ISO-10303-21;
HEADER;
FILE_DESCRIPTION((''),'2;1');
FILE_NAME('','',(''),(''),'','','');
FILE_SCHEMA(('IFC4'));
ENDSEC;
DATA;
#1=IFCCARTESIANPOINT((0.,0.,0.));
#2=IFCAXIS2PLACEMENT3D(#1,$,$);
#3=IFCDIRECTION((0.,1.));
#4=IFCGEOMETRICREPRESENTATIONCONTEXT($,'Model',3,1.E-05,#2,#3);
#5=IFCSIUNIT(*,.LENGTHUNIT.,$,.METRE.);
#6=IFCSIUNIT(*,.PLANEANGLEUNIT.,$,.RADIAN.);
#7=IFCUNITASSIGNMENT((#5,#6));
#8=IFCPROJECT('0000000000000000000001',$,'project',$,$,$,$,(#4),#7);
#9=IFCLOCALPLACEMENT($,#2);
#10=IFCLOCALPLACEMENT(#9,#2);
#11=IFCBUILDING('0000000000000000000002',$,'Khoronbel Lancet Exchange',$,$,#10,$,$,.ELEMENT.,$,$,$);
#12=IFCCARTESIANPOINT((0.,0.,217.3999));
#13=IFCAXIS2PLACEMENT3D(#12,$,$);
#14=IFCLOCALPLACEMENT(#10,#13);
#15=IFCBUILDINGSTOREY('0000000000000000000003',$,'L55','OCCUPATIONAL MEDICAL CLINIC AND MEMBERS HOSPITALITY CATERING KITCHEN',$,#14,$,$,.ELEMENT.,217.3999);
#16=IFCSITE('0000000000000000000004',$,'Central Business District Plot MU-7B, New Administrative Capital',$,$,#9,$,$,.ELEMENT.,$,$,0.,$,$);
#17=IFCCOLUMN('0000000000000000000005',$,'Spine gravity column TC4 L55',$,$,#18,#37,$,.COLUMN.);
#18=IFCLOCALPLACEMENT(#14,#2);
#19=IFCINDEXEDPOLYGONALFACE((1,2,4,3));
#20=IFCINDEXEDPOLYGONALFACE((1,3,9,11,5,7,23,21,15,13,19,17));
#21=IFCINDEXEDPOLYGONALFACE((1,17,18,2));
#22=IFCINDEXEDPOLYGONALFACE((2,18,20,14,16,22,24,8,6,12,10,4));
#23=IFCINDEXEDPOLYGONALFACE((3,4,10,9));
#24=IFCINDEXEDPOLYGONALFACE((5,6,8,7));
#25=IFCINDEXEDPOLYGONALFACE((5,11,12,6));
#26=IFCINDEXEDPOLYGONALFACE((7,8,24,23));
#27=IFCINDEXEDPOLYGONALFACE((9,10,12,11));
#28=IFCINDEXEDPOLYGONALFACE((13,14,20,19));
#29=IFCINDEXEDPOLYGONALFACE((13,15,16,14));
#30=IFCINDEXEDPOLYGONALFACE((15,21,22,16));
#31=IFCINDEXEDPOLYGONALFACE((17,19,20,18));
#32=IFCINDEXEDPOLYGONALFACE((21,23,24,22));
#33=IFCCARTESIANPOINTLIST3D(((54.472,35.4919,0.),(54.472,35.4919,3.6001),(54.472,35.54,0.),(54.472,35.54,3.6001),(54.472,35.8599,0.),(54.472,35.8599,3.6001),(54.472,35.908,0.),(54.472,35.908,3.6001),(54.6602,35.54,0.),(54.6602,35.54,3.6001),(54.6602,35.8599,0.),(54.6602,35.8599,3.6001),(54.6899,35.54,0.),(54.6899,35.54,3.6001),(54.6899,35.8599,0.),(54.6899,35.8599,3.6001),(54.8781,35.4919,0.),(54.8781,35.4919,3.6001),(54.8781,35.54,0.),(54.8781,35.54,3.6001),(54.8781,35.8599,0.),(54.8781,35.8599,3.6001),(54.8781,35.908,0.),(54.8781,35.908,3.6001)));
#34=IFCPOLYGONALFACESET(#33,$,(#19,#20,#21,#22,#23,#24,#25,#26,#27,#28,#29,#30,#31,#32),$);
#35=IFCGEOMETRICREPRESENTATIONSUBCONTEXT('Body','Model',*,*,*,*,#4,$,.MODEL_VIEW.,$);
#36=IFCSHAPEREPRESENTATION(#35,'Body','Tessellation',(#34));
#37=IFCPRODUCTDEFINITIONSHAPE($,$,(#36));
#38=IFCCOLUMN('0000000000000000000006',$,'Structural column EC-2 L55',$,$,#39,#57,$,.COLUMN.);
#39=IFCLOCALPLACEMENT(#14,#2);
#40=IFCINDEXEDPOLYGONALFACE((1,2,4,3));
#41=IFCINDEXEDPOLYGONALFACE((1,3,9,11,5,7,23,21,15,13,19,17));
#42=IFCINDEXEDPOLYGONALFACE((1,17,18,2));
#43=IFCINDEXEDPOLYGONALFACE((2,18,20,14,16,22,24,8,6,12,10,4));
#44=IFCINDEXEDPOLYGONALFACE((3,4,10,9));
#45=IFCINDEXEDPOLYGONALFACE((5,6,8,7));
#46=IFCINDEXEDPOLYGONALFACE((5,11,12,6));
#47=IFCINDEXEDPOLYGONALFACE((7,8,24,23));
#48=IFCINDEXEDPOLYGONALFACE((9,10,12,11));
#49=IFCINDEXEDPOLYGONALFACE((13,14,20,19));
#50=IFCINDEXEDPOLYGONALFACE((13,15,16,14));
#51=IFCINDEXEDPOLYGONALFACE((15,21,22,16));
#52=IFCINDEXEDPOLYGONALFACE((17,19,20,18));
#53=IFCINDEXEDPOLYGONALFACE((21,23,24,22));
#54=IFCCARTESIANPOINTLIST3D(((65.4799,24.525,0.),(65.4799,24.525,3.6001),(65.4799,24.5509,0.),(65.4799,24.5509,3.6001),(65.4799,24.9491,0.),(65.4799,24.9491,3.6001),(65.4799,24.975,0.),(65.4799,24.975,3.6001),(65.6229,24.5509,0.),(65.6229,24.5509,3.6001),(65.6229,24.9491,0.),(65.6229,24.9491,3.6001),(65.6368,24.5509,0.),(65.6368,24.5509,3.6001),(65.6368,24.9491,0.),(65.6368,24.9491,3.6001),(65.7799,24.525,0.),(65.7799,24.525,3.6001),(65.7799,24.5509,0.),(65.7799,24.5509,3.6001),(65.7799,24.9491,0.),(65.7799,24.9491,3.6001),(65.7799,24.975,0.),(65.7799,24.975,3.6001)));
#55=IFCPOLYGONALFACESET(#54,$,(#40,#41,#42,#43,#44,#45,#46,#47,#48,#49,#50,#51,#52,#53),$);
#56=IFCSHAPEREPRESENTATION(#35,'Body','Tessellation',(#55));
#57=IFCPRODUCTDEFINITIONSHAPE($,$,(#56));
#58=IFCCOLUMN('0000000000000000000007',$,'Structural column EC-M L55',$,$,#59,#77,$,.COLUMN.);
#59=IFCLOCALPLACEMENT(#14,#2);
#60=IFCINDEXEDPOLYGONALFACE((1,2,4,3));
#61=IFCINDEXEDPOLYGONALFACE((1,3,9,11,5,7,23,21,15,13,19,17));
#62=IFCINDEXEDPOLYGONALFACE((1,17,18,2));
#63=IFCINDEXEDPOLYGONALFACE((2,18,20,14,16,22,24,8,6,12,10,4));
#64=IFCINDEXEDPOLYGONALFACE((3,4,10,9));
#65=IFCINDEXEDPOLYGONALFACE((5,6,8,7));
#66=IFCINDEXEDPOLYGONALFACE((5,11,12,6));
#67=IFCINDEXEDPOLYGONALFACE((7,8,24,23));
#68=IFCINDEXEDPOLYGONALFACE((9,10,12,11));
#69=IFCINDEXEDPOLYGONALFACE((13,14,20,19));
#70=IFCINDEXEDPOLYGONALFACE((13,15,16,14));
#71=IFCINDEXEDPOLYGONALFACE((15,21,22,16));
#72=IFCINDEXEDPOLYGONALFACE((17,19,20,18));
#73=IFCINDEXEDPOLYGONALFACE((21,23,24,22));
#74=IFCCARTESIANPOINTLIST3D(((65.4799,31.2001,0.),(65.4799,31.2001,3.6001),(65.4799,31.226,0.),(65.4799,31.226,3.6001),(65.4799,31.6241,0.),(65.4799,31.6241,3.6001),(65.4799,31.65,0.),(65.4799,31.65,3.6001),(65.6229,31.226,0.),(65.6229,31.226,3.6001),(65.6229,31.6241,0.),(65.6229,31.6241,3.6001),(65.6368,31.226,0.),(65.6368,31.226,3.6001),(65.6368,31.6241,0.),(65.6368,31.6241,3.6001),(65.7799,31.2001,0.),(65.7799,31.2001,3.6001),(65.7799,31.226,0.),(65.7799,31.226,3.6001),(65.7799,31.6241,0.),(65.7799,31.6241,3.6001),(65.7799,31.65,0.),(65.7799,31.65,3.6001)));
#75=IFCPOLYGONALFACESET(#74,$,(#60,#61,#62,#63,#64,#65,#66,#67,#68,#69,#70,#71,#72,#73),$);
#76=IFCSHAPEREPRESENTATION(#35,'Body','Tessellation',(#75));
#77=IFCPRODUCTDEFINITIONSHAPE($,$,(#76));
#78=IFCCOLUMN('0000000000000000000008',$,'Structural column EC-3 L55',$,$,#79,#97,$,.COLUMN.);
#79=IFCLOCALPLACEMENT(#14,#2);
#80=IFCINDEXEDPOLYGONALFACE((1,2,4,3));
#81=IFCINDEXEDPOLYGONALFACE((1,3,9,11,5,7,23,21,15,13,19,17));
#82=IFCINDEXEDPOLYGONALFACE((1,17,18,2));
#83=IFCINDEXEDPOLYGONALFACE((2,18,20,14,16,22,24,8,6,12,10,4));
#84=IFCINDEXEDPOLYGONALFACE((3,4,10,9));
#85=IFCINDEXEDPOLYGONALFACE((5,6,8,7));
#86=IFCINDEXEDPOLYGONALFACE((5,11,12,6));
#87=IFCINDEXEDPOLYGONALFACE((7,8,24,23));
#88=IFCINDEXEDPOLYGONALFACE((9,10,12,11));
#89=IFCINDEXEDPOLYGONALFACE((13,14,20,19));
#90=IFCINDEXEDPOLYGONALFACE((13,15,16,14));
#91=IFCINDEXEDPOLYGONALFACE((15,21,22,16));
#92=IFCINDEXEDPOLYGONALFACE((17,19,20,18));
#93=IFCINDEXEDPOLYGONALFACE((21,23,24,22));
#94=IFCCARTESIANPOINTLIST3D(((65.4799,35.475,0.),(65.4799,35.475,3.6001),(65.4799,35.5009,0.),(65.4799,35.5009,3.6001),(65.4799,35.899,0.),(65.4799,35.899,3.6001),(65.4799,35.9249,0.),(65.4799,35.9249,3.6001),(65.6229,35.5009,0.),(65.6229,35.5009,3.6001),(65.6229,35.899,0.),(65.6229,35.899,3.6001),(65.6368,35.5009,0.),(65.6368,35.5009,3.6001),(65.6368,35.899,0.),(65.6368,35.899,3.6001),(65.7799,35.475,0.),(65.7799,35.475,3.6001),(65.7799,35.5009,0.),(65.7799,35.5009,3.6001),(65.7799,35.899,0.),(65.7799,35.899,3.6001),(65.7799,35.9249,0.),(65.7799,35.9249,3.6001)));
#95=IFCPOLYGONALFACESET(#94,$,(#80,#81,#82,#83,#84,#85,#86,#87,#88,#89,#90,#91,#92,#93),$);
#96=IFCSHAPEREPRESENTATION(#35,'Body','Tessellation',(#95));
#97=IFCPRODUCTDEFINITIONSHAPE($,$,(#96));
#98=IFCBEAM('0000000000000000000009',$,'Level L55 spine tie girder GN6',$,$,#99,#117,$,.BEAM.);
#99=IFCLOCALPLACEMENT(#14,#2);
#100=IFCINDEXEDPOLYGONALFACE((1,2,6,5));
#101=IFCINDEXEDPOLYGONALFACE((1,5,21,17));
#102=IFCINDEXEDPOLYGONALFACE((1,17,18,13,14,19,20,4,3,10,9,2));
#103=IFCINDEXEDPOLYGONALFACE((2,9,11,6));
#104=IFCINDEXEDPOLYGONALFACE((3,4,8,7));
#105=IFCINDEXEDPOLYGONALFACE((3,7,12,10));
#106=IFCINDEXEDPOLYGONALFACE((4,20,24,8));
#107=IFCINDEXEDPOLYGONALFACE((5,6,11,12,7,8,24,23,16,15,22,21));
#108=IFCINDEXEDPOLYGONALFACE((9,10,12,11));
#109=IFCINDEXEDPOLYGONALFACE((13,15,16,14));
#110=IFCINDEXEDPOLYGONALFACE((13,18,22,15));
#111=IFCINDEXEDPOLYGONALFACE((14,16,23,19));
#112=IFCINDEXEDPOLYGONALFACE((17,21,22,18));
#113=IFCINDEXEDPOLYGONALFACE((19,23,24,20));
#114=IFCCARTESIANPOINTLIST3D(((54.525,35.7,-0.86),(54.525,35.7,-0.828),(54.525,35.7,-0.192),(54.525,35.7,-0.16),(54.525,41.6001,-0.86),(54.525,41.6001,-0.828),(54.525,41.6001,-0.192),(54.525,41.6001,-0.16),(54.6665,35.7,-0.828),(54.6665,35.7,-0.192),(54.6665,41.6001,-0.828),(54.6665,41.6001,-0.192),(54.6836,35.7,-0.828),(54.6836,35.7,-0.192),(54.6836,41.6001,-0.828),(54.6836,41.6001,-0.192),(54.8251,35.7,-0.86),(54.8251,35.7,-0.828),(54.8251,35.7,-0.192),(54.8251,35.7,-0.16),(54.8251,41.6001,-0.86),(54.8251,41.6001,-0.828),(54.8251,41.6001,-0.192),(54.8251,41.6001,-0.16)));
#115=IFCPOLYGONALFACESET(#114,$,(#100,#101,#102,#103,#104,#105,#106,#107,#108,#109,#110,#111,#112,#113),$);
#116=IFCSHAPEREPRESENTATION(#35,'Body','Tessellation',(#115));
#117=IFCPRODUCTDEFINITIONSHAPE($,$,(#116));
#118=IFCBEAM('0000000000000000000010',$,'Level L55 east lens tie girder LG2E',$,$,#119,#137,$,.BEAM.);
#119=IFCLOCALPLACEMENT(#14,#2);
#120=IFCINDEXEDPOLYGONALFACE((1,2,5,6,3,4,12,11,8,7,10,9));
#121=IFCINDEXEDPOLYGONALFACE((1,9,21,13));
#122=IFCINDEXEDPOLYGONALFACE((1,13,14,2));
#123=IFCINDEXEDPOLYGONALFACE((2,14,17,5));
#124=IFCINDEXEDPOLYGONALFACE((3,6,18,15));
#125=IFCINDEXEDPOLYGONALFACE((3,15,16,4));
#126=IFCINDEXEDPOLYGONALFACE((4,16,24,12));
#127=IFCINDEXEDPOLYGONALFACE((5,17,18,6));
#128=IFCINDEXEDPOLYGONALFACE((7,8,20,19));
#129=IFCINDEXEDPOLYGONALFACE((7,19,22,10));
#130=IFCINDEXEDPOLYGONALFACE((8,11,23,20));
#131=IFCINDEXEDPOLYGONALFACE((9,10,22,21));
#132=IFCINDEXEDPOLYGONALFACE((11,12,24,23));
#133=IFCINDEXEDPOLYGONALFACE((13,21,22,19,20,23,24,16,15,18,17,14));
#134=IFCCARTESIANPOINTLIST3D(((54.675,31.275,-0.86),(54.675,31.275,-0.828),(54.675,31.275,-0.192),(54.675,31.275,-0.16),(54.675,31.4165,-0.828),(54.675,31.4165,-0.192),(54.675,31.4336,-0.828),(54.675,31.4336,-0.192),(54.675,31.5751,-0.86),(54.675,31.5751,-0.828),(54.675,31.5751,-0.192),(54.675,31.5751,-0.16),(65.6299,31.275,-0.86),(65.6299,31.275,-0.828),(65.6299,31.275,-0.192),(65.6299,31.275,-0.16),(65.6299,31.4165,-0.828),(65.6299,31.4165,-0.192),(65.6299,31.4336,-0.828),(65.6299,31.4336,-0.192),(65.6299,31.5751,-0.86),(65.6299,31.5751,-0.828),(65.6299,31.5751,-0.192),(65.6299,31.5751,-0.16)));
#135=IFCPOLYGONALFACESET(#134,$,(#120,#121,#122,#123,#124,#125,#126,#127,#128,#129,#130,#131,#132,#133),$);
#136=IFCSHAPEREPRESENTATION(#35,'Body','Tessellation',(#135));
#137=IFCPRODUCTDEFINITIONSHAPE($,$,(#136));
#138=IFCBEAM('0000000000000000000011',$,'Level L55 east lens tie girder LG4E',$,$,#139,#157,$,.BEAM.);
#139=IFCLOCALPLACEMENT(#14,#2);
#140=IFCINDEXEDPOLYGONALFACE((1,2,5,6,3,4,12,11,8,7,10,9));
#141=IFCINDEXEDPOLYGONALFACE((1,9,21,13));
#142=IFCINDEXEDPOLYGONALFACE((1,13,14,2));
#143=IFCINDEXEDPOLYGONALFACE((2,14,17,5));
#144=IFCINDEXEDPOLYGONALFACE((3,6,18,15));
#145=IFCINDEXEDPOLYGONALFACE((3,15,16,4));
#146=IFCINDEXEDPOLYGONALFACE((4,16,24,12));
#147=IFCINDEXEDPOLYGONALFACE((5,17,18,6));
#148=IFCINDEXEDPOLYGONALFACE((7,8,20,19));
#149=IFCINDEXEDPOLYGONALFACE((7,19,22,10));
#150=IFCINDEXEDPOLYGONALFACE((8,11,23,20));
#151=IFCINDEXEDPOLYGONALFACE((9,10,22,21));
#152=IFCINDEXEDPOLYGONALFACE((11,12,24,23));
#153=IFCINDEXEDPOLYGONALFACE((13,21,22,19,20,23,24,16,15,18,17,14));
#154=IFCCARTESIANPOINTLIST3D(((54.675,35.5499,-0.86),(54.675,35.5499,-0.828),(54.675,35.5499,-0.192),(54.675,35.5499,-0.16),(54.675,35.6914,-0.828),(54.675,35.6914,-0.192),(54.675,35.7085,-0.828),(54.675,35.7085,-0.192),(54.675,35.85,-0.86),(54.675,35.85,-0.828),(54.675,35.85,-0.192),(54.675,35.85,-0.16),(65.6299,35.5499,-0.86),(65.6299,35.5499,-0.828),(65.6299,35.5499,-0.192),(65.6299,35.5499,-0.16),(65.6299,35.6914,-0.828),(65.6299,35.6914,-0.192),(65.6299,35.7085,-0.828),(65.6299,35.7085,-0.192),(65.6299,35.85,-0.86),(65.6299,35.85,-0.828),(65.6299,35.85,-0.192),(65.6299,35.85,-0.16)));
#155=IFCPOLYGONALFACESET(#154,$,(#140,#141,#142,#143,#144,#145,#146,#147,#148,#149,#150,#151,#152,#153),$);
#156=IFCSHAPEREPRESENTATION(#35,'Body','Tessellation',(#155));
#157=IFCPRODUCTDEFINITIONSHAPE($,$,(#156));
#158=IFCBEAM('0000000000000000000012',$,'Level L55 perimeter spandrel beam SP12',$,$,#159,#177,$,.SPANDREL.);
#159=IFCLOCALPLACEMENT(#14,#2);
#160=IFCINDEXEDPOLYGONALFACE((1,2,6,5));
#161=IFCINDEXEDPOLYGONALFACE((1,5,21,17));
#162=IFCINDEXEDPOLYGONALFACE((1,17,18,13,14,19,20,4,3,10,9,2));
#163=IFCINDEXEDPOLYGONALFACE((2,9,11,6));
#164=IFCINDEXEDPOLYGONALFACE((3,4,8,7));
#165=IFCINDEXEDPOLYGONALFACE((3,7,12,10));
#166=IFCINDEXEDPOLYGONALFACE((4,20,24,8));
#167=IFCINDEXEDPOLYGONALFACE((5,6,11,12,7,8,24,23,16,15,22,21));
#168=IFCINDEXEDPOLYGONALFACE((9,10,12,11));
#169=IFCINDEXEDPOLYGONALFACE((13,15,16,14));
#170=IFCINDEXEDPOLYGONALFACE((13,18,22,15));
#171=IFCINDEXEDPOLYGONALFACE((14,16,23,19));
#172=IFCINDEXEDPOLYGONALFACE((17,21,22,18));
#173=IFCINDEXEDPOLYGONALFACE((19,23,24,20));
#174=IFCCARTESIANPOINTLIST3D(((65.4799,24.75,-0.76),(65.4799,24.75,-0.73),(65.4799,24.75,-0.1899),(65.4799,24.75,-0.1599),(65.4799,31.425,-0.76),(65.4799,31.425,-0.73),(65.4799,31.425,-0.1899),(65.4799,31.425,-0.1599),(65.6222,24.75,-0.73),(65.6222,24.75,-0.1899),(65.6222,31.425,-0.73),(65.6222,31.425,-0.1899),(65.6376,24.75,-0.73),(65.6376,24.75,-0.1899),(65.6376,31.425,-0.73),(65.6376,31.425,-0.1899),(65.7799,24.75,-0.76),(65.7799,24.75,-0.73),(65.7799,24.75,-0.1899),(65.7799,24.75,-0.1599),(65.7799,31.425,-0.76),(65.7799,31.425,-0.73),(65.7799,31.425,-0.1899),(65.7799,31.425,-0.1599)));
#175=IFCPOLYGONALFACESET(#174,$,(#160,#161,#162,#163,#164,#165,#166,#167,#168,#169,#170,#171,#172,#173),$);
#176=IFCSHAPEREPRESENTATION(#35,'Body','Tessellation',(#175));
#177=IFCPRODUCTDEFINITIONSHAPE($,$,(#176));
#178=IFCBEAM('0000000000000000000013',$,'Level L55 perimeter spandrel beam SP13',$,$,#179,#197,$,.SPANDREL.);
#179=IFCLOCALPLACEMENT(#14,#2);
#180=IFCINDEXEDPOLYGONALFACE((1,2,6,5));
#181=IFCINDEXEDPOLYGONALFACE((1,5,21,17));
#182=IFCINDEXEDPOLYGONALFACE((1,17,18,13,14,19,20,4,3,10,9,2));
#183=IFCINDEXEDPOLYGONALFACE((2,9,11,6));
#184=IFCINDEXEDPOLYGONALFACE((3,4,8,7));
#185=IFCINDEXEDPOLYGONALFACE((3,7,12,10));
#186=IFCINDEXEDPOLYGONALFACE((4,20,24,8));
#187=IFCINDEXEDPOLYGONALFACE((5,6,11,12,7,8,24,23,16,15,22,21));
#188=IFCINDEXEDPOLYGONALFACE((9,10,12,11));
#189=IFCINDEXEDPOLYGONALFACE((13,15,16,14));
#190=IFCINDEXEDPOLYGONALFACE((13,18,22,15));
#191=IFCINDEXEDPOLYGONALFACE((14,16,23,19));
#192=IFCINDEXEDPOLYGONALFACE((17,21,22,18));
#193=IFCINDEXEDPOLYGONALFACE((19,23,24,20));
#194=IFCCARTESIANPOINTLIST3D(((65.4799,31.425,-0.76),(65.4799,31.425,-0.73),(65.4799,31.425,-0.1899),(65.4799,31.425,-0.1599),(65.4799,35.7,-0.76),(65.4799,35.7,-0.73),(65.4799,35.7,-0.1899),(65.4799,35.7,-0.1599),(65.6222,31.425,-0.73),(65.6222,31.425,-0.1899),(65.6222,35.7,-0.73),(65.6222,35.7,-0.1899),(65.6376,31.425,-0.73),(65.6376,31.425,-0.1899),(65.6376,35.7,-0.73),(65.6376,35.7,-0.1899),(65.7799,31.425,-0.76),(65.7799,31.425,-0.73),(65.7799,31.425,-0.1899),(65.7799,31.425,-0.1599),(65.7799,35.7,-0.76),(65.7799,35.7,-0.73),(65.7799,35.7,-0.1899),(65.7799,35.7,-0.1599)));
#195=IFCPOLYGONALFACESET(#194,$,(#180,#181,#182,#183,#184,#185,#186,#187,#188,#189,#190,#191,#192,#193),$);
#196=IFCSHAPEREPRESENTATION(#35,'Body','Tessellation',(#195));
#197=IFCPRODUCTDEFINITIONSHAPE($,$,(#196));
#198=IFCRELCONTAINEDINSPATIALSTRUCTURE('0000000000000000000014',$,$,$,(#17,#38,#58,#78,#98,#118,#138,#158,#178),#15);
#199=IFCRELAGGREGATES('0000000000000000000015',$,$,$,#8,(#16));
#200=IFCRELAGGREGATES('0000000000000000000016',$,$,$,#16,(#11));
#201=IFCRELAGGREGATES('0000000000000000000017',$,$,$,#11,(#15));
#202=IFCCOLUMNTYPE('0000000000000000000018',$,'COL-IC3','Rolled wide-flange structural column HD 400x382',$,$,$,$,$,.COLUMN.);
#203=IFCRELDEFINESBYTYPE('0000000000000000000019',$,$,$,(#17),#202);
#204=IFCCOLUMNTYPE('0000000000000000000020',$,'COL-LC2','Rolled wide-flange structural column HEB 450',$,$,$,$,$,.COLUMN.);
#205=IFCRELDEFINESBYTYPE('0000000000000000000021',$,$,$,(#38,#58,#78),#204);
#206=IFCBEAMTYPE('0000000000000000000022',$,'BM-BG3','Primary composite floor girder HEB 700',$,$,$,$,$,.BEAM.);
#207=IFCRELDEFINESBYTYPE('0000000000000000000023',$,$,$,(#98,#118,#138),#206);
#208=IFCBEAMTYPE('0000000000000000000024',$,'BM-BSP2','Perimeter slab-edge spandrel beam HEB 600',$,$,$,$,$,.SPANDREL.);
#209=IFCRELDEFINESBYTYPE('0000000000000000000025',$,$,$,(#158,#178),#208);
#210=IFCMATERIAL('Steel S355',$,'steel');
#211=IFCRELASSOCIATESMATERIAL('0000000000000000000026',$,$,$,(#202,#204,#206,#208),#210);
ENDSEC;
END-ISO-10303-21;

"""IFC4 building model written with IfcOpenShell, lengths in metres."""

from ifc_helpers import new_model, si_unit, direction, frame, origin, origin_2d, place, context, subcontext, project, spatial, i_section, extrude, material, material_profile, profile_set, type_object, element, save


model = new_model("IFC4")

# Units and contexts
model_context = context("Model", 3, precision=1e-05, world=origin(), true_north=direction((0.0, 1.0)))
body_context = subcontext(model_context, "Body", "Model", "MODEL_VIEW")
ifc_project = project(units=[si_unit("LENGTHUNIT", "METRE"), si_unit("PLANEANGLEUNIT", "RADIAN")], contexts=[model_context])

# Site, building, storey
site_placement = place(None, origin())
site = spatial("IfcSite", under=ifc_project, at=site_placement, Name="Central Business District Plot MU-7B, New Administrative Capital", CompositionType="ELEMENT", RefElevation=0.0)
building_placement = place(site_placement, origin())
building = spatial("IfcBuilding", under=site, at=building_placement, Name="Khoronbel Lancet Exchange", CompositionType="ELEMENT")
storey_placement = place(building_placement, frame((0.0, 0.0, 217.3999)))
storey = spatial("IfcBuildingStorey", under=building, at=storey_placement, Name="L55", Description="OCCUPATIONAL MEDICAL CLINIC AND MEMBERS HOSPITALITY CATERING KITCHEN", CompositionType="ELEMENT", Elevation=217.3999)

# Columns
ifc_material_1 = material(Name="Steel S355", Category="steel")
ifc_material_profile_1 = material_profile(ifc_material_1, i_section(OverallWidth=0.406, OverallDepth=0.416, WebThickness=0.0298, FlangeThickness=0.0481, at=origin_2d()), Name="HD 400x382")
ifc_profile_set_1 = profile_set([ifc_material_profile_1], Name="Steel S355")
column_type_1 = type_object("IfcColumnType", Name="COL-IC3", Description="Rolled wide-flange structural column HD 400x382", PredefinedType="COLUMN", material=ifc_profile_set_1)
column_placement = place(storey_placement, frame((54.675, 35.7, 0.0), z_axis=(0.0, 0.0, 1.0), x_axis=(1.0, 0.0, 0.0)))
element("IfcColumn", 1, at=column_placement, inside=storey, type_object=column_type_1, Name="Spine gravity column TC4 L55", PredefinedType="COLUMN", context=body_context, shape_type="SweptSolid", body=[
    extrude(i_section(OverallWidth=0.406, OverallDepth=0.416, WebThickness=0.0298, FlangeThickness=0.0481, at=origin_2d()), origin(), (0.0, 0.0, 1.0), 3.6001),
])
ifc_material_profile_2 = material_profile(ifc_material_1, i_section(OverallWidth=0.3, OverallDepth=0.45, WebThickness=0.0139, FlangeThickness=0.0259, at=origin_2d()), Name="HEB 450")
ifc_profile_set_2 = profile_set([ifc_material_profile_2], Name="Steel S355")
column_type_2 = type_object("IfcColumnType", Name="COL-LC2", Description="Rolled wide-flange structural column HEB 450", PredefinedType="COLUMN", material=ifc_profile_set_2)
for number, where, z_axis, x_axis, name in (
    (2, (65.6299, 24.75, 0.0), (0.0, 0.0, 1.0), (1.0, 0.0, 0.0), "Structural column EC-2 L55"),
    (3, (65.6299, 31.425, 0.0), (0.0, 0.0, 1.0), (1.0, 0.0, 0.0), "Structural column EC-M L55"),
    (4, (65.6299, 35.7, 0.0), (0.0, 0.0, 1.0), (1.0, 0.0, 0.0), "Structural column EC-3 L55"),
):
    element("IfcColumn", number, at=place(storey_placement, frame(where, z_axis=z_axis, x_axis=x_axis)), inside=storey, type_object=column_type_2, Name=name, PredefinedType="COLUMN", context=body_context, shape_type="SweptSolid", body=[
        extrude(i_section(OverallWidth=0.3, OverallDepth=0.45, WebThickness=0.0139, FlangeThickness=0.0259, at=origin_2d()), origin(), (0.0, 0.0, 1.0), 3.6001),
    ])

# Beams
ifc_material_profile_3 = material_profile(ifc_material_1, i_section(OverallWidth=0.3, OverallDepth=0.7, WebThickness=0.0171, FlangeThickness=0.032, at=origin_2d()), Name="HEB 700")
ifc_profile_set_3 = profile_set([ifc_material_profile_3], Name="Steel S355")
beam_type_1 = type_object("IfcBeamType", Name="BM-BG3", Description="Primary composite floor girder HEB 700", PredefinedType="BEAM", material=ifc_profile_set_3)
beam_1_placement = place(storey_placement, frame((54.675, 35.7, -0.51), z_axis=(0.0, 1.0, 0.0), x_axis=(-1.0, 0.0, 0.0)))
element("IfcBeam", 5, at=beam_1_placement, inside=storey, type_object=beam_type_1, Name="Level L55 spine tie girder GN6", PredefinedType="BEAM", context=body_context, shape_type="SweptSolid", body=[
    extrude(i_section(OverallWidth=0.3, OverallDepth=0.7, WebThickness=0.0171, FlangeThickness=0.032, at=origin_2d()), origin(), (0.0, 0.0, 1.0), 5.9001),
])
for number, where, z_axis, x_axis, name in (
    (6, (54.675, 31.425, -0.51), (1.0, 0.0, 0.0), (0.0, 1.0, 0.0), "Level L55 east lens tie girder LG2E"),
    (7, (54.675, 35.7, -0.51), (1.0, 0.0, 0.0), (0.0, 1.0, 0.0), "Level L55 east lens tie girder LG4E"),
):
    element("IfcBeam", number, at=place(storey_placement, frame(where, z_axis=z_axis, x_axis=x_axis)), inside=storey, type_object=beam_type_1, Name=name, PredefinedType="BEAM", context=body_context, shape_type="SweptSolid", body=[
        extrude(i_section(OverallWidth=0.3, OverallDepth=0.7, WebThickness=0.0171, FlangeThickness=0.032, at=origin_2d()), origin(), (0.0, 0.0, 1.0), 10.9548),
    ])
ifc_material_profile_4 = material_profile(ifc_material_1, i_section(OverallWidth=0.3, OverallDepth=0.6001, WebThickness=0.0154, FlangeThickness=0.03, at=origin_2d()), Name="HEB 600")
ifc_profile_set_4 = profile_set([ifc_material_profile_4], Name="Steel S355")
beam_type_2 = type_object("IfcBeamType", Name="BM-BSP2", Description="Perimeter slab-edge spandrel beam HEB 600", PredefinedType="SPANDREL", material=ifc_profile_set_4)
beam_2_placement = place(storey_placement, frame((65.6299, 24.75, -0.46), z_axis=(0.0, 1.0, 0.0), x_axis=(-1.0, 0.0, 0.0)))
element("IfcBeam", 8, at=beam_2_placement, inside=storey, type_object=beam_type_2, Name="Level L55 perimeter spandrel beam SP12", PredefinedType="SPANDREL", context=body_context, shape_type="SweptSolid", body=[
    extrude(i_section(OverallWidth=0.3, OverallDepth=0.6001, WebThickness=0.0154, FlangeThickness=0.03, at=origin_2d()), origin(), (0.0, 0.0, 1.0), 6.675),
])
beam_3_placement = place(storey_placement, frame((65.6299, 31.425, -0.46), z_axis=(0.0, 1.0, 0.0), x_axis=(-1.0, 0.0, 0.0)))
element("IfcBeam", 9, at=beam_3_placement, inside=storey, type_object=beam_type_2, Name="Level L55 perimeter spandrel beam SP13", PredefinedType="SPANDREL", context=body_context, shape_type="SweptSolid", body=[
    extrude(i_section(OverallWidth=0.3, OverallDepth=0.6001, WebThickness=0.0154, FlangeThickness=0.03, at=origin_2d()), origin(), (0.0, 0.0, 1.0), 4.2749),
])

save(model, "model.ifc")
